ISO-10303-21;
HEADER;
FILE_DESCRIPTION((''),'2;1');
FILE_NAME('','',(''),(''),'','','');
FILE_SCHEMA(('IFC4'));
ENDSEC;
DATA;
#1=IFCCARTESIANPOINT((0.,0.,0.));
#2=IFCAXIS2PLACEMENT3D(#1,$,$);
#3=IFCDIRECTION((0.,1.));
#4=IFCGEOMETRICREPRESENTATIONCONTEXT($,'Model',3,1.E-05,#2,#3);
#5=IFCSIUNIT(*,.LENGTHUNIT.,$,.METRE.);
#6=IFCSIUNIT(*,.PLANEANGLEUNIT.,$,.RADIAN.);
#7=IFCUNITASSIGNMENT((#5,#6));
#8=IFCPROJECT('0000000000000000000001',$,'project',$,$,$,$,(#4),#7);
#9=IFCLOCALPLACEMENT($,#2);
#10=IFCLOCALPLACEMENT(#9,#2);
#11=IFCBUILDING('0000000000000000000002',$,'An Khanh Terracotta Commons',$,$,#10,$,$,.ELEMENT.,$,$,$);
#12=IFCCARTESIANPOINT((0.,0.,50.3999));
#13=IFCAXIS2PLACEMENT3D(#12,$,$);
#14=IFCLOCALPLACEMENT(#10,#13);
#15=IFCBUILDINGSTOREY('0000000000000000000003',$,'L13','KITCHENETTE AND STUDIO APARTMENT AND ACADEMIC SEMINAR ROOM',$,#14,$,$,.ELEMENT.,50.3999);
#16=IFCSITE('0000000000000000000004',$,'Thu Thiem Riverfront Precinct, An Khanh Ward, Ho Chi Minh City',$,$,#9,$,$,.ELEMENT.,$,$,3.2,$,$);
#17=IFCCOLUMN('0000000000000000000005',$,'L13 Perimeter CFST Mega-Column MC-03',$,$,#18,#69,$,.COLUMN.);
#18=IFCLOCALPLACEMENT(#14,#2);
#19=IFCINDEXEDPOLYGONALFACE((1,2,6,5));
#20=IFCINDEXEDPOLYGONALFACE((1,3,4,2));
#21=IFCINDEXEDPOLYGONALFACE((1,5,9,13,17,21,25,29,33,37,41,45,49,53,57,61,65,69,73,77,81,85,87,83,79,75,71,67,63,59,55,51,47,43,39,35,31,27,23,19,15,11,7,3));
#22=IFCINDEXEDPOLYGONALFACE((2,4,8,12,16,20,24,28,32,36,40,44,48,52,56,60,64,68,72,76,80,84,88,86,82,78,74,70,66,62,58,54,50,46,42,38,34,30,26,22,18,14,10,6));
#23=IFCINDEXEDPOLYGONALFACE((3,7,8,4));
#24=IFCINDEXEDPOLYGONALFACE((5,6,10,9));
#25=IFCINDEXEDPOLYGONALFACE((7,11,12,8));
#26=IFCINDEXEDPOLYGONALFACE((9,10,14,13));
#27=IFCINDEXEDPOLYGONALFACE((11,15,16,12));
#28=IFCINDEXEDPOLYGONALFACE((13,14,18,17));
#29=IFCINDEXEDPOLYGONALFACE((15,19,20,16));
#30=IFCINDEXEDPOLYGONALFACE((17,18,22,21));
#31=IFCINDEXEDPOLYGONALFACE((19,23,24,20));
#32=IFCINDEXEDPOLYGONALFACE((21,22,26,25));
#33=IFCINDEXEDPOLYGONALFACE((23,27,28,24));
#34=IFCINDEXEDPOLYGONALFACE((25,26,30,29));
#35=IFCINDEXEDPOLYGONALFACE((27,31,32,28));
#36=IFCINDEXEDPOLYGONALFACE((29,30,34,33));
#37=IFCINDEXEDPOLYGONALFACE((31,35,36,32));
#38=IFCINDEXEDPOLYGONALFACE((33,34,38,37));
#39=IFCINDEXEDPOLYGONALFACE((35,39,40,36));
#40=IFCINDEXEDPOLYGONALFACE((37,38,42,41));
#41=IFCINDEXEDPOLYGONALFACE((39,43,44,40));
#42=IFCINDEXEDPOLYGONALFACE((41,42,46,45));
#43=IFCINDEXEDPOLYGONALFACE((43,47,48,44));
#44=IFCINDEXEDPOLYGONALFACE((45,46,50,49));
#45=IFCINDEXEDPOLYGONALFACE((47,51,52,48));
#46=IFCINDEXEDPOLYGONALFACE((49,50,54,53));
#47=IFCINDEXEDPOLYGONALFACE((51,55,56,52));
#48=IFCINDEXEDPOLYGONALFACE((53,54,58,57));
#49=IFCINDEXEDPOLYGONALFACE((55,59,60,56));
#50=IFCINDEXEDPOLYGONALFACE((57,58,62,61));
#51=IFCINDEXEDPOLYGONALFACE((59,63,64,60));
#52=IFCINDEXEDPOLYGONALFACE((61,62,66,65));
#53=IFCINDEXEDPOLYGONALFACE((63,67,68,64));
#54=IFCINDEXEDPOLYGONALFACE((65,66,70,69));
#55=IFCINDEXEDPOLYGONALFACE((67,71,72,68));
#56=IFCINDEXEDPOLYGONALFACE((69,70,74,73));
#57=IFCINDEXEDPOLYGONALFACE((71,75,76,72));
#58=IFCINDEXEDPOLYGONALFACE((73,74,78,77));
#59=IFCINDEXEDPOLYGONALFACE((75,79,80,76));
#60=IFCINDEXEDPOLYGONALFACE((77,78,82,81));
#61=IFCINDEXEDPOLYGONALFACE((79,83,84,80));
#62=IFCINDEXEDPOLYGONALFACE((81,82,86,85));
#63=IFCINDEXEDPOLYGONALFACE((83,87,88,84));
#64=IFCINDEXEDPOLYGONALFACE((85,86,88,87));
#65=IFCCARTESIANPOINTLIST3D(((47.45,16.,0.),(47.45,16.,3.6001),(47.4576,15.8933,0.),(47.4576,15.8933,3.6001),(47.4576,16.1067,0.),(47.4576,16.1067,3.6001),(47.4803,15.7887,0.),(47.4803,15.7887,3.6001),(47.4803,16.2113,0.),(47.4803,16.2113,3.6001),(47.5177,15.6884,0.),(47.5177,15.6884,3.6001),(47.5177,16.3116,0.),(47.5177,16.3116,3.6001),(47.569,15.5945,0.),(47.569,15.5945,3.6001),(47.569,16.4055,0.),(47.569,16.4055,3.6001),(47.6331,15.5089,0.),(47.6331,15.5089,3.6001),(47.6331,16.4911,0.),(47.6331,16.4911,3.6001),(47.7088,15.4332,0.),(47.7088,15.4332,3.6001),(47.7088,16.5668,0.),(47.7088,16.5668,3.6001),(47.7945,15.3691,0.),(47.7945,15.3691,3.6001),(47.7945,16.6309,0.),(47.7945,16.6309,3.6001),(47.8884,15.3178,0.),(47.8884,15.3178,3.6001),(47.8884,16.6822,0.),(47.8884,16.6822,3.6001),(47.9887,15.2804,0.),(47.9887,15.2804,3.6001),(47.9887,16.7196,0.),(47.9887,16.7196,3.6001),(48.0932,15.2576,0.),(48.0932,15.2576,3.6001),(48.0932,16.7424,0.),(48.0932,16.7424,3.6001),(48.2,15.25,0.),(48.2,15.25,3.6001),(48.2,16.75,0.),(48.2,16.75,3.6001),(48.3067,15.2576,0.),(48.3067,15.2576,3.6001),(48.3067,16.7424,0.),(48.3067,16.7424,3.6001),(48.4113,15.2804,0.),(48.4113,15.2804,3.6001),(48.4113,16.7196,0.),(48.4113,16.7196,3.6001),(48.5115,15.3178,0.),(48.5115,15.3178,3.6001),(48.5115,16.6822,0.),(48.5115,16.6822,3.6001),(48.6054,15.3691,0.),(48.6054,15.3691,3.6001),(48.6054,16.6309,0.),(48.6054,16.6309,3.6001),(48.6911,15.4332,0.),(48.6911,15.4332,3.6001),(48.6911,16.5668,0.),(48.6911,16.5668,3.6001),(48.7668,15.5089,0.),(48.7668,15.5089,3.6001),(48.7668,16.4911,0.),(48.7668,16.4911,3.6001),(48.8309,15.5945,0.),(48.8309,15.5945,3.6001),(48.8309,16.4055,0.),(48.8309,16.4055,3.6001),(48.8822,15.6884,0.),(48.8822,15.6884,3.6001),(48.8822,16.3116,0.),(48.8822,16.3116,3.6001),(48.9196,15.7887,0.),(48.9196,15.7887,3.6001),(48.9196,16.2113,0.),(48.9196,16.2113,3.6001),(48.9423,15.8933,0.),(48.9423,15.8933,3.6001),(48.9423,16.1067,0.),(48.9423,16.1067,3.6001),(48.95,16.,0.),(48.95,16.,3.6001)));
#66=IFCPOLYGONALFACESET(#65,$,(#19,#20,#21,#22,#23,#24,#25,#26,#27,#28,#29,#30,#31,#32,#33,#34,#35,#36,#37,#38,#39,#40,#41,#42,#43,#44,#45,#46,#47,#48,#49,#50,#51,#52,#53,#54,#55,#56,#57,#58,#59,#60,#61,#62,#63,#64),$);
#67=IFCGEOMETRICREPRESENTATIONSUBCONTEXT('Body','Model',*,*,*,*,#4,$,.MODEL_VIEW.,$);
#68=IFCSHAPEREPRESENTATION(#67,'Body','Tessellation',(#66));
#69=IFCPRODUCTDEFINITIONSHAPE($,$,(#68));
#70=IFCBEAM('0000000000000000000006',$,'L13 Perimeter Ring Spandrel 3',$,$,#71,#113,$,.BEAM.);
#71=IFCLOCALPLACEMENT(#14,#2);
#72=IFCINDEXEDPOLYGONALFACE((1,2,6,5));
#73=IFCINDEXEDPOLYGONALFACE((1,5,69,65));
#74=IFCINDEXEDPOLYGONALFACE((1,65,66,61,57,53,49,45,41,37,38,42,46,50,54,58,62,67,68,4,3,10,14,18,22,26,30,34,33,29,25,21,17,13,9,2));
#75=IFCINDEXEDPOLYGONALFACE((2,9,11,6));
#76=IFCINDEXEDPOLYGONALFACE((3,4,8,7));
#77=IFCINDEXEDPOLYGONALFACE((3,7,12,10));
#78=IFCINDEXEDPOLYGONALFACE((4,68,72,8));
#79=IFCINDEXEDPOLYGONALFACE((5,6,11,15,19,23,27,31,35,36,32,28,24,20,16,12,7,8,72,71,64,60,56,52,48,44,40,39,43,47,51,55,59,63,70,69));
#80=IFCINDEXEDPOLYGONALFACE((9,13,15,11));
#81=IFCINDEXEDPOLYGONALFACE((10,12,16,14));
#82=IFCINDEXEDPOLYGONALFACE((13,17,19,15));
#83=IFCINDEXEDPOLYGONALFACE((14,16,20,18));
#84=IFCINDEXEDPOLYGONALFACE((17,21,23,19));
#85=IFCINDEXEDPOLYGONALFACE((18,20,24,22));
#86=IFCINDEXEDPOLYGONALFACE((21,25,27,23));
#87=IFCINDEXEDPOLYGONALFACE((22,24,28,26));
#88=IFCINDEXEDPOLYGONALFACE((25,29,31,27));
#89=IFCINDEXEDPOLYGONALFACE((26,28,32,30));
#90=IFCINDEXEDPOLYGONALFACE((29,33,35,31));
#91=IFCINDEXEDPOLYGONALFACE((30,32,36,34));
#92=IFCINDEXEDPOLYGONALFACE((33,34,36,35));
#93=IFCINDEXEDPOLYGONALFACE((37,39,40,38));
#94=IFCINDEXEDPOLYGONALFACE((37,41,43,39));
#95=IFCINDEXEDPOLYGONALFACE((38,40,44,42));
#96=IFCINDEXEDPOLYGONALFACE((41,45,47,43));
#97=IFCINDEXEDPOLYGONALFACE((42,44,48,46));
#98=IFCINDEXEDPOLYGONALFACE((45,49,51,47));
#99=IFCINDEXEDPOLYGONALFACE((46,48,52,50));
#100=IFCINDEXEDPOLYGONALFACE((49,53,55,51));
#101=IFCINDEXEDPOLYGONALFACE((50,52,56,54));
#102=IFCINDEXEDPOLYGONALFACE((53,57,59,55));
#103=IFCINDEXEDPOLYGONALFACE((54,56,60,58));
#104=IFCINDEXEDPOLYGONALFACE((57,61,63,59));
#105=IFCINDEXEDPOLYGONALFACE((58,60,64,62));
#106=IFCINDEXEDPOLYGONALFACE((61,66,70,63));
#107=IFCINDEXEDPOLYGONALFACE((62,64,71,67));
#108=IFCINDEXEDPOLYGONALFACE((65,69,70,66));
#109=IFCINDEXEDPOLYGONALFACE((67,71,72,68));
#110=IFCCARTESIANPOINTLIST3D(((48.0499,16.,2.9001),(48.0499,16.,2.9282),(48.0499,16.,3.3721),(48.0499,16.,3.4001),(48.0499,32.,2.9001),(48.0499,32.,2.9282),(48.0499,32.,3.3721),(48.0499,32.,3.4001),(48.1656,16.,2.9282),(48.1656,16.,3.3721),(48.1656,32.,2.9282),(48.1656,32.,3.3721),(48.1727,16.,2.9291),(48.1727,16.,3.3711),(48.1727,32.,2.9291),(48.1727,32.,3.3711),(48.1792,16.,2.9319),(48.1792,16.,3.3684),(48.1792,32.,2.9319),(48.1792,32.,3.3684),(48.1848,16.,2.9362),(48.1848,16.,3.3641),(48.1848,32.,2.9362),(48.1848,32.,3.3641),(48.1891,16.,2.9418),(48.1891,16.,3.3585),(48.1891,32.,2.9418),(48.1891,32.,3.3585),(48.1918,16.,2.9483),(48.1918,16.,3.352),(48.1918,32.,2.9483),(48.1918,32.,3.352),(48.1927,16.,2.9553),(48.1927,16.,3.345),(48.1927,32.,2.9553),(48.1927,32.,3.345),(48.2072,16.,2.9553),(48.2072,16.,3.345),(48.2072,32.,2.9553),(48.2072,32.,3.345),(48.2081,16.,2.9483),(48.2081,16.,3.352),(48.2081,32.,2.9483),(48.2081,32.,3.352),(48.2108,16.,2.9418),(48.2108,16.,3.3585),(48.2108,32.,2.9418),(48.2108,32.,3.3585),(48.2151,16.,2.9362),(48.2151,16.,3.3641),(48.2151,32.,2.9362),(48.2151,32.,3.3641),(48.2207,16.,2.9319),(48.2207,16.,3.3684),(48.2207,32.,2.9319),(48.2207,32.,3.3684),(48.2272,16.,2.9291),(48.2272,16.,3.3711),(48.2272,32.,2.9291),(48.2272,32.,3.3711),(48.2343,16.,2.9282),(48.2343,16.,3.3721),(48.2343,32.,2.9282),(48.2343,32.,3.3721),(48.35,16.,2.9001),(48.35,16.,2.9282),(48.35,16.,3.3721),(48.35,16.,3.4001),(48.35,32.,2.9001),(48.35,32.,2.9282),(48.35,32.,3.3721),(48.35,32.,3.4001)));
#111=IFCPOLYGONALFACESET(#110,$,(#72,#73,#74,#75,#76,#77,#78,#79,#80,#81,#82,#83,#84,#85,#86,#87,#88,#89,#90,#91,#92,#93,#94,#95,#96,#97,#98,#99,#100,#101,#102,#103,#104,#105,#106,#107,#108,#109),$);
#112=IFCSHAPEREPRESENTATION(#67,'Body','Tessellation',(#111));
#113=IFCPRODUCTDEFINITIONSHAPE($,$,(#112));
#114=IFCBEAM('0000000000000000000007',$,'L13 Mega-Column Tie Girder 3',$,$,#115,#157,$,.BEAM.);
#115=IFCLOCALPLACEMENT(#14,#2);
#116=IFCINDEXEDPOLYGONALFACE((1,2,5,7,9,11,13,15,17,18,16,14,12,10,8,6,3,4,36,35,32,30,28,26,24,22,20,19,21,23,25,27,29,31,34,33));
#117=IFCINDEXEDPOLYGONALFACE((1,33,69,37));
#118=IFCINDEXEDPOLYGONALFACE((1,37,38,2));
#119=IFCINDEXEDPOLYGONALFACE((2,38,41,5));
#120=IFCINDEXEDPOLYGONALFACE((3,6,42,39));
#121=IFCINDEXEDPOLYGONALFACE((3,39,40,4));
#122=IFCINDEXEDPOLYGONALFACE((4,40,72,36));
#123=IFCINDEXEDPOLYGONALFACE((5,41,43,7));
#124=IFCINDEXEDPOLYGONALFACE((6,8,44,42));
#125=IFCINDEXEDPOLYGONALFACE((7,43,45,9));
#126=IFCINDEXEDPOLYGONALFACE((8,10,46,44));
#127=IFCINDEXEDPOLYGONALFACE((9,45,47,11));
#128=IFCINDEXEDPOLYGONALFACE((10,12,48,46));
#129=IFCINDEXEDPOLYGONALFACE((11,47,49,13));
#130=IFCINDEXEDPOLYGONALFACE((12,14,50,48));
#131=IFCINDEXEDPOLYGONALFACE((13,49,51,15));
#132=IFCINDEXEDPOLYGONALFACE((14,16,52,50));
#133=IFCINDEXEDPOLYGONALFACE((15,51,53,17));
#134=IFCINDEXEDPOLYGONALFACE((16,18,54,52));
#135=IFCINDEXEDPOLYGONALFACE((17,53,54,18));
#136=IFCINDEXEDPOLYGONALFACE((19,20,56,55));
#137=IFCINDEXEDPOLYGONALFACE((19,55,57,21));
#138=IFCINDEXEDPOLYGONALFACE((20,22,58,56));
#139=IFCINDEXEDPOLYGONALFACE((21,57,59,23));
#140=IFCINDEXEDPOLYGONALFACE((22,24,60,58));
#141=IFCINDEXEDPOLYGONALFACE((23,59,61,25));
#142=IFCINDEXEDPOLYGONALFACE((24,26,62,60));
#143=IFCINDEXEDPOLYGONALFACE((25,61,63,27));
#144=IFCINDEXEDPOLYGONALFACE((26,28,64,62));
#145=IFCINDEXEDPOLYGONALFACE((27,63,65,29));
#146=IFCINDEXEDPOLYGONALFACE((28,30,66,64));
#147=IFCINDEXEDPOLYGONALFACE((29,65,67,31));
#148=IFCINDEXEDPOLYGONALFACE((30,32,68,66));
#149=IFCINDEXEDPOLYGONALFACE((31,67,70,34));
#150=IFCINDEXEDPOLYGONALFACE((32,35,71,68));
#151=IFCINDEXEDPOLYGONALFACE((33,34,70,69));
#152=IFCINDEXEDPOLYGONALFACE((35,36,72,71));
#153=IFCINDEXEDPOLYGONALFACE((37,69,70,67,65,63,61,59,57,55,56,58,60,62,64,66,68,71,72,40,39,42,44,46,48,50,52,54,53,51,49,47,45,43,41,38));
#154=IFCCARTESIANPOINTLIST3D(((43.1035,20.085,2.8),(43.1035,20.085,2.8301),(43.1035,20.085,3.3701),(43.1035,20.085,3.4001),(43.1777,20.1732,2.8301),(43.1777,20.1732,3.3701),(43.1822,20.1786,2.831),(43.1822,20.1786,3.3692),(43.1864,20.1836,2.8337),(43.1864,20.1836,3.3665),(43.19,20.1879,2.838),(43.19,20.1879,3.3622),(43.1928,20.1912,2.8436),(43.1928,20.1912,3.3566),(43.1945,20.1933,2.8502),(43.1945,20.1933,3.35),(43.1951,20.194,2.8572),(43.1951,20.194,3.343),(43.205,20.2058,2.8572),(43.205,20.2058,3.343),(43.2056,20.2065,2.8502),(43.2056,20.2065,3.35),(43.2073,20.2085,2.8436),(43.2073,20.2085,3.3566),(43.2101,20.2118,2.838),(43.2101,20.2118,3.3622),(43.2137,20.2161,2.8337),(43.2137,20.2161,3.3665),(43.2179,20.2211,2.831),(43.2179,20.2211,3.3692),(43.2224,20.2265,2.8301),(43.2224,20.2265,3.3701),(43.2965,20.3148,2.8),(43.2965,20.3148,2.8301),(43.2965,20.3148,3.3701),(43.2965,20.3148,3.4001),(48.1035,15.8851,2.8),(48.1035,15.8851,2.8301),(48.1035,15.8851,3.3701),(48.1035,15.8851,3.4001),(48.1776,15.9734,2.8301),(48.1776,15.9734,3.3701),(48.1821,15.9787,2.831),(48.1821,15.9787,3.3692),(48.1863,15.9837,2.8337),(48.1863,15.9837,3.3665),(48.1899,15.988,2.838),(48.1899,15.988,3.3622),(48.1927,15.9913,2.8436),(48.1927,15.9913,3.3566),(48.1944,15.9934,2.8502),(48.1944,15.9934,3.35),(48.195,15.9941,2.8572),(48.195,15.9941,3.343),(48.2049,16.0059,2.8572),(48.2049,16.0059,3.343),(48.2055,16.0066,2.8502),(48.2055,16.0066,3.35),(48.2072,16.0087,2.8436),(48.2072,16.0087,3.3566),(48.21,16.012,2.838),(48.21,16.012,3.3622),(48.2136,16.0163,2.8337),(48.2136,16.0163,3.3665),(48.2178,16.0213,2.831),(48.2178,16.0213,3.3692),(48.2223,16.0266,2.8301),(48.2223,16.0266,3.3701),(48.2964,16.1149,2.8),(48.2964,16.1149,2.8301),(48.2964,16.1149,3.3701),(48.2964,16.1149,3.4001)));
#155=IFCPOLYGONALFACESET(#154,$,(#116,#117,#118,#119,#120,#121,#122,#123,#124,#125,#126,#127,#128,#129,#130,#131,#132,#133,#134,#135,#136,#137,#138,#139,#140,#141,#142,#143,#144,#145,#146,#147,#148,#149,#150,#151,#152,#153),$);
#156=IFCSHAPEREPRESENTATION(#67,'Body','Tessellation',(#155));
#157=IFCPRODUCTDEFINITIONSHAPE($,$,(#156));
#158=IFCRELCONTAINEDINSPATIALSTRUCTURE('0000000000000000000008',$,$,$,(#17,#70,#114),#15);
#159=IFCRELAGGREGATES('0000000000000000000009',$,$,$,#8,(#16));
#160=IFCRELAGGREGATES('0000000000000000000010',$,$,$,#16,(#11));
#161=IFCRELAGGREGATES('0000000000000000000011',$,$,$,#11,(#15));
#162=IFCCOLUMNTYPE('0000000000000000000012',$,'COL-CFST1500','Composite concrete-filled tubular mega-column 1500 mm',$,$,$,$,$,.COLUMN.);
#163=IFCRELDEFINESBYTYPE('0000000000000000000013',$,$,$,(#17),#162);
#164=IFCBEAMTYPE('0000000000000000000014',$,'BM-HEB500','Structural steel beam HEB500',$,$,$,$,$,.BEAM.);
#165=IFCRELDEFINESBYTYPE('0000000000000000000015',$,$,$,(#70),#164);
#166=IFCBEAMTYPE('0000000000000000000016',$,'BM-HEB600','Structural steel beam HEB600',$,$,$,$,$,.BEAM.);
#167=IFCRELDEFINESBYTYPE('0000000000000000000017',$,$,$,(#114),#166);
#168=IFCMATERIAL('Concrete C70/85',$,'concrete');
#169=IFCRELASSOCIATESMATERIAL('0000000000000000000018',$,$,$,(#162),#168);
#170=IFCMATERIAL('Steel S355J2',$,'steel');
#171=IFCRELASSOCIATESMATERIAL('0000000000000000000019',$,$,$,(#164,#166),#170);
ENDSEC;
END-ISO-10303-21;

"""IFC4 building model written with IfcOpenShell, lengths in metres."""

from ifc_helpers import new_model, si_unit, direction, frame, origin, origin_2d, place, context, subcontext, project, spatial, circle, i_section, extrude, material, material_profile, profile_set, type_object, element, save


model = new_model("IFC4")

# Units and contexts
model_context = context("Model", 3, precision=1e-05, world=origin(), true_north=direction((0.0, 1.0)))
body_context = subcontext(model_context, "Body", "Model", "MODEL_VIEW")
ifc_project = project(units=[si_unit("LENGTHUNIT", "METRE"), si_unit("PLANEANGLEUNIT", "RADIAN")], contexts=[model_context])

# Site, building, storey
site_placement = place(None, origin())
site = spatial("IfcSite", under=ifc_project, at=site_placement, Name="Thu Thiem Riverfront Precinct, An Khanh Ward, Ho Chi Minh City", CompositionType="ELEMENT", RefElevation=3.2)
building_placement = place(site_placement, origin())
building = spatial("IfcBuilding", under=site, at=building_placement, Name="An Khanh Terracotta Commons", CompositionType="ELEMENT")
storey_placement = place(building_placement, frame((0.0, 0.0, 50.3999)))
storey = spatial("IfcBuildingStorey", under=building, at=storey_placement, Name="L13", Description="KITCHENETTE AND STUDIO APARTMENT AND ACADEMIC SEMINAR ROOM", CompositionType="ELEMENT", Elevation=50.3999)

# Column
ifc_material_1 = material(Name="Concrete C70/85", Category="concrete")
ifc_material_profile_1 = material_profile(ifc_material_1, circle(Radius=0.75, at=origin_2d()), Name="CFST1500")
ifc_profile_set_1 = profile_set([ifc_material_profile_1], Name="Concrete C70/85")
column_type = type_object("IfcColumnType", Name="COL-CFST1500", Description="Composite concrete-filled tubular mega-column 1500 mm", PredefinedType="COLUMN", material=ifc_profile_set_1)
column_placement = place(storey_placement, frame((48.2, 16.0, 0.0), z_axis=(0.0, 0.0, 1.0), x_axis=(1.0, 0.0, 0.0)))
element("IfcColumn", 1, at=column_placement, inside=storey, type_object=column_type, Name="L13 Perimeter CFST Mega-Column MC-03", PredefinedType="COLUMN", context=body_context, shape_type="SweptSolid", body=[
    extrude(circle(Radius=0.75, at=origin_2d()), origin(), (0.0, 0.0, 1.0), 3.6001),
])

# Beams
ifc_material_2 = material(Name="Steel S355J2", Category="steel")
ifc_material_profile_2 = material_profile(ifc_material_2, i_section(OverallWidth=0.3, OverallDepth=0.5, WebThickness=0.0144, FlangeThickness=0.0281, FilletRadius=0.0271, at=origin_2d()), Name="HEB500")
ifc_profile_set_2 = profile_set([ifc_material_profile_2], Name="Steel S355J2")
beam_type_1 = type_object("IfcBeamType", Name="BM-HEB500", Description="Structural steel beam HEB500", PredefinedType="BEAM", material=ifc_profile_set_2)
beam_1_placement = place(storey_placement, frame((48.2, 16.0, 3.1501), z_axis=(0.0, 1.0, 0.0), x_axis=(-1.0, 0.0, 0.0)))
element("IfcBeam", 2, at=beam_1_placement, inside=storey, type_object=beam_type_1, Name="L13 Perimeter Ring Spandrel 3", PredefinedType="BEAM", context=body_context, shape_type="SweptSolid", body=[
    extrude(i_section(OverallWidth=0.3, OverallDepth=0.5, WebThickness=0.0144, FlangeThickness=0.0281, FilletRadius=0.0271, at=origin_2d()), origin(), (0.0, 0.0, 1.0), 16.0),
])
ifc_material_profile_3 = material_profile(ifc_material_2, i_section(OverallWidth=0.3, OverallDepth=0.6001, WebThickness=0.0154, FlangeThickness=0.03, FilletRadius=0.0271, at=origin_2d()), Name="HEB600")
ifc_profile_set_3 = profile_set([ifc_material_profile_3], Name="Steel S355J2")
beam_type_2 = type_object("IfcBeamType", Name="BM-HEB600", Description="Structural steel beam HEB600", PredefinedType="BEAM", material=ifc_profile_set_3)
beam_2_placement = place(storey_placement, frame((48.2, 16.0, 3.1001), z_axis=(-0.765709, 0.643188, 0.0), x_axis=(-0.643188, -0.765709, 0.0)))
element("IfcBeam", 3, at=beam_2_placement, inside=storey, type_object=beam_type_2, Name="L13 Mega-Column Tie Girder 3", PredefinedType="BEAM", context=body_context, shape_type="SweptSolid", body=[
    extrude(i_section(OverallWidth=0.3, OverallDepth=0.6001, WebThickness=0.0154, FlangeThickness=0.03, FilletRadius=0.0271, at=origin_2d()), origin(), (0.0, 0.0, 1.0), 6.5298),
])

save(model, "model.ifc")
